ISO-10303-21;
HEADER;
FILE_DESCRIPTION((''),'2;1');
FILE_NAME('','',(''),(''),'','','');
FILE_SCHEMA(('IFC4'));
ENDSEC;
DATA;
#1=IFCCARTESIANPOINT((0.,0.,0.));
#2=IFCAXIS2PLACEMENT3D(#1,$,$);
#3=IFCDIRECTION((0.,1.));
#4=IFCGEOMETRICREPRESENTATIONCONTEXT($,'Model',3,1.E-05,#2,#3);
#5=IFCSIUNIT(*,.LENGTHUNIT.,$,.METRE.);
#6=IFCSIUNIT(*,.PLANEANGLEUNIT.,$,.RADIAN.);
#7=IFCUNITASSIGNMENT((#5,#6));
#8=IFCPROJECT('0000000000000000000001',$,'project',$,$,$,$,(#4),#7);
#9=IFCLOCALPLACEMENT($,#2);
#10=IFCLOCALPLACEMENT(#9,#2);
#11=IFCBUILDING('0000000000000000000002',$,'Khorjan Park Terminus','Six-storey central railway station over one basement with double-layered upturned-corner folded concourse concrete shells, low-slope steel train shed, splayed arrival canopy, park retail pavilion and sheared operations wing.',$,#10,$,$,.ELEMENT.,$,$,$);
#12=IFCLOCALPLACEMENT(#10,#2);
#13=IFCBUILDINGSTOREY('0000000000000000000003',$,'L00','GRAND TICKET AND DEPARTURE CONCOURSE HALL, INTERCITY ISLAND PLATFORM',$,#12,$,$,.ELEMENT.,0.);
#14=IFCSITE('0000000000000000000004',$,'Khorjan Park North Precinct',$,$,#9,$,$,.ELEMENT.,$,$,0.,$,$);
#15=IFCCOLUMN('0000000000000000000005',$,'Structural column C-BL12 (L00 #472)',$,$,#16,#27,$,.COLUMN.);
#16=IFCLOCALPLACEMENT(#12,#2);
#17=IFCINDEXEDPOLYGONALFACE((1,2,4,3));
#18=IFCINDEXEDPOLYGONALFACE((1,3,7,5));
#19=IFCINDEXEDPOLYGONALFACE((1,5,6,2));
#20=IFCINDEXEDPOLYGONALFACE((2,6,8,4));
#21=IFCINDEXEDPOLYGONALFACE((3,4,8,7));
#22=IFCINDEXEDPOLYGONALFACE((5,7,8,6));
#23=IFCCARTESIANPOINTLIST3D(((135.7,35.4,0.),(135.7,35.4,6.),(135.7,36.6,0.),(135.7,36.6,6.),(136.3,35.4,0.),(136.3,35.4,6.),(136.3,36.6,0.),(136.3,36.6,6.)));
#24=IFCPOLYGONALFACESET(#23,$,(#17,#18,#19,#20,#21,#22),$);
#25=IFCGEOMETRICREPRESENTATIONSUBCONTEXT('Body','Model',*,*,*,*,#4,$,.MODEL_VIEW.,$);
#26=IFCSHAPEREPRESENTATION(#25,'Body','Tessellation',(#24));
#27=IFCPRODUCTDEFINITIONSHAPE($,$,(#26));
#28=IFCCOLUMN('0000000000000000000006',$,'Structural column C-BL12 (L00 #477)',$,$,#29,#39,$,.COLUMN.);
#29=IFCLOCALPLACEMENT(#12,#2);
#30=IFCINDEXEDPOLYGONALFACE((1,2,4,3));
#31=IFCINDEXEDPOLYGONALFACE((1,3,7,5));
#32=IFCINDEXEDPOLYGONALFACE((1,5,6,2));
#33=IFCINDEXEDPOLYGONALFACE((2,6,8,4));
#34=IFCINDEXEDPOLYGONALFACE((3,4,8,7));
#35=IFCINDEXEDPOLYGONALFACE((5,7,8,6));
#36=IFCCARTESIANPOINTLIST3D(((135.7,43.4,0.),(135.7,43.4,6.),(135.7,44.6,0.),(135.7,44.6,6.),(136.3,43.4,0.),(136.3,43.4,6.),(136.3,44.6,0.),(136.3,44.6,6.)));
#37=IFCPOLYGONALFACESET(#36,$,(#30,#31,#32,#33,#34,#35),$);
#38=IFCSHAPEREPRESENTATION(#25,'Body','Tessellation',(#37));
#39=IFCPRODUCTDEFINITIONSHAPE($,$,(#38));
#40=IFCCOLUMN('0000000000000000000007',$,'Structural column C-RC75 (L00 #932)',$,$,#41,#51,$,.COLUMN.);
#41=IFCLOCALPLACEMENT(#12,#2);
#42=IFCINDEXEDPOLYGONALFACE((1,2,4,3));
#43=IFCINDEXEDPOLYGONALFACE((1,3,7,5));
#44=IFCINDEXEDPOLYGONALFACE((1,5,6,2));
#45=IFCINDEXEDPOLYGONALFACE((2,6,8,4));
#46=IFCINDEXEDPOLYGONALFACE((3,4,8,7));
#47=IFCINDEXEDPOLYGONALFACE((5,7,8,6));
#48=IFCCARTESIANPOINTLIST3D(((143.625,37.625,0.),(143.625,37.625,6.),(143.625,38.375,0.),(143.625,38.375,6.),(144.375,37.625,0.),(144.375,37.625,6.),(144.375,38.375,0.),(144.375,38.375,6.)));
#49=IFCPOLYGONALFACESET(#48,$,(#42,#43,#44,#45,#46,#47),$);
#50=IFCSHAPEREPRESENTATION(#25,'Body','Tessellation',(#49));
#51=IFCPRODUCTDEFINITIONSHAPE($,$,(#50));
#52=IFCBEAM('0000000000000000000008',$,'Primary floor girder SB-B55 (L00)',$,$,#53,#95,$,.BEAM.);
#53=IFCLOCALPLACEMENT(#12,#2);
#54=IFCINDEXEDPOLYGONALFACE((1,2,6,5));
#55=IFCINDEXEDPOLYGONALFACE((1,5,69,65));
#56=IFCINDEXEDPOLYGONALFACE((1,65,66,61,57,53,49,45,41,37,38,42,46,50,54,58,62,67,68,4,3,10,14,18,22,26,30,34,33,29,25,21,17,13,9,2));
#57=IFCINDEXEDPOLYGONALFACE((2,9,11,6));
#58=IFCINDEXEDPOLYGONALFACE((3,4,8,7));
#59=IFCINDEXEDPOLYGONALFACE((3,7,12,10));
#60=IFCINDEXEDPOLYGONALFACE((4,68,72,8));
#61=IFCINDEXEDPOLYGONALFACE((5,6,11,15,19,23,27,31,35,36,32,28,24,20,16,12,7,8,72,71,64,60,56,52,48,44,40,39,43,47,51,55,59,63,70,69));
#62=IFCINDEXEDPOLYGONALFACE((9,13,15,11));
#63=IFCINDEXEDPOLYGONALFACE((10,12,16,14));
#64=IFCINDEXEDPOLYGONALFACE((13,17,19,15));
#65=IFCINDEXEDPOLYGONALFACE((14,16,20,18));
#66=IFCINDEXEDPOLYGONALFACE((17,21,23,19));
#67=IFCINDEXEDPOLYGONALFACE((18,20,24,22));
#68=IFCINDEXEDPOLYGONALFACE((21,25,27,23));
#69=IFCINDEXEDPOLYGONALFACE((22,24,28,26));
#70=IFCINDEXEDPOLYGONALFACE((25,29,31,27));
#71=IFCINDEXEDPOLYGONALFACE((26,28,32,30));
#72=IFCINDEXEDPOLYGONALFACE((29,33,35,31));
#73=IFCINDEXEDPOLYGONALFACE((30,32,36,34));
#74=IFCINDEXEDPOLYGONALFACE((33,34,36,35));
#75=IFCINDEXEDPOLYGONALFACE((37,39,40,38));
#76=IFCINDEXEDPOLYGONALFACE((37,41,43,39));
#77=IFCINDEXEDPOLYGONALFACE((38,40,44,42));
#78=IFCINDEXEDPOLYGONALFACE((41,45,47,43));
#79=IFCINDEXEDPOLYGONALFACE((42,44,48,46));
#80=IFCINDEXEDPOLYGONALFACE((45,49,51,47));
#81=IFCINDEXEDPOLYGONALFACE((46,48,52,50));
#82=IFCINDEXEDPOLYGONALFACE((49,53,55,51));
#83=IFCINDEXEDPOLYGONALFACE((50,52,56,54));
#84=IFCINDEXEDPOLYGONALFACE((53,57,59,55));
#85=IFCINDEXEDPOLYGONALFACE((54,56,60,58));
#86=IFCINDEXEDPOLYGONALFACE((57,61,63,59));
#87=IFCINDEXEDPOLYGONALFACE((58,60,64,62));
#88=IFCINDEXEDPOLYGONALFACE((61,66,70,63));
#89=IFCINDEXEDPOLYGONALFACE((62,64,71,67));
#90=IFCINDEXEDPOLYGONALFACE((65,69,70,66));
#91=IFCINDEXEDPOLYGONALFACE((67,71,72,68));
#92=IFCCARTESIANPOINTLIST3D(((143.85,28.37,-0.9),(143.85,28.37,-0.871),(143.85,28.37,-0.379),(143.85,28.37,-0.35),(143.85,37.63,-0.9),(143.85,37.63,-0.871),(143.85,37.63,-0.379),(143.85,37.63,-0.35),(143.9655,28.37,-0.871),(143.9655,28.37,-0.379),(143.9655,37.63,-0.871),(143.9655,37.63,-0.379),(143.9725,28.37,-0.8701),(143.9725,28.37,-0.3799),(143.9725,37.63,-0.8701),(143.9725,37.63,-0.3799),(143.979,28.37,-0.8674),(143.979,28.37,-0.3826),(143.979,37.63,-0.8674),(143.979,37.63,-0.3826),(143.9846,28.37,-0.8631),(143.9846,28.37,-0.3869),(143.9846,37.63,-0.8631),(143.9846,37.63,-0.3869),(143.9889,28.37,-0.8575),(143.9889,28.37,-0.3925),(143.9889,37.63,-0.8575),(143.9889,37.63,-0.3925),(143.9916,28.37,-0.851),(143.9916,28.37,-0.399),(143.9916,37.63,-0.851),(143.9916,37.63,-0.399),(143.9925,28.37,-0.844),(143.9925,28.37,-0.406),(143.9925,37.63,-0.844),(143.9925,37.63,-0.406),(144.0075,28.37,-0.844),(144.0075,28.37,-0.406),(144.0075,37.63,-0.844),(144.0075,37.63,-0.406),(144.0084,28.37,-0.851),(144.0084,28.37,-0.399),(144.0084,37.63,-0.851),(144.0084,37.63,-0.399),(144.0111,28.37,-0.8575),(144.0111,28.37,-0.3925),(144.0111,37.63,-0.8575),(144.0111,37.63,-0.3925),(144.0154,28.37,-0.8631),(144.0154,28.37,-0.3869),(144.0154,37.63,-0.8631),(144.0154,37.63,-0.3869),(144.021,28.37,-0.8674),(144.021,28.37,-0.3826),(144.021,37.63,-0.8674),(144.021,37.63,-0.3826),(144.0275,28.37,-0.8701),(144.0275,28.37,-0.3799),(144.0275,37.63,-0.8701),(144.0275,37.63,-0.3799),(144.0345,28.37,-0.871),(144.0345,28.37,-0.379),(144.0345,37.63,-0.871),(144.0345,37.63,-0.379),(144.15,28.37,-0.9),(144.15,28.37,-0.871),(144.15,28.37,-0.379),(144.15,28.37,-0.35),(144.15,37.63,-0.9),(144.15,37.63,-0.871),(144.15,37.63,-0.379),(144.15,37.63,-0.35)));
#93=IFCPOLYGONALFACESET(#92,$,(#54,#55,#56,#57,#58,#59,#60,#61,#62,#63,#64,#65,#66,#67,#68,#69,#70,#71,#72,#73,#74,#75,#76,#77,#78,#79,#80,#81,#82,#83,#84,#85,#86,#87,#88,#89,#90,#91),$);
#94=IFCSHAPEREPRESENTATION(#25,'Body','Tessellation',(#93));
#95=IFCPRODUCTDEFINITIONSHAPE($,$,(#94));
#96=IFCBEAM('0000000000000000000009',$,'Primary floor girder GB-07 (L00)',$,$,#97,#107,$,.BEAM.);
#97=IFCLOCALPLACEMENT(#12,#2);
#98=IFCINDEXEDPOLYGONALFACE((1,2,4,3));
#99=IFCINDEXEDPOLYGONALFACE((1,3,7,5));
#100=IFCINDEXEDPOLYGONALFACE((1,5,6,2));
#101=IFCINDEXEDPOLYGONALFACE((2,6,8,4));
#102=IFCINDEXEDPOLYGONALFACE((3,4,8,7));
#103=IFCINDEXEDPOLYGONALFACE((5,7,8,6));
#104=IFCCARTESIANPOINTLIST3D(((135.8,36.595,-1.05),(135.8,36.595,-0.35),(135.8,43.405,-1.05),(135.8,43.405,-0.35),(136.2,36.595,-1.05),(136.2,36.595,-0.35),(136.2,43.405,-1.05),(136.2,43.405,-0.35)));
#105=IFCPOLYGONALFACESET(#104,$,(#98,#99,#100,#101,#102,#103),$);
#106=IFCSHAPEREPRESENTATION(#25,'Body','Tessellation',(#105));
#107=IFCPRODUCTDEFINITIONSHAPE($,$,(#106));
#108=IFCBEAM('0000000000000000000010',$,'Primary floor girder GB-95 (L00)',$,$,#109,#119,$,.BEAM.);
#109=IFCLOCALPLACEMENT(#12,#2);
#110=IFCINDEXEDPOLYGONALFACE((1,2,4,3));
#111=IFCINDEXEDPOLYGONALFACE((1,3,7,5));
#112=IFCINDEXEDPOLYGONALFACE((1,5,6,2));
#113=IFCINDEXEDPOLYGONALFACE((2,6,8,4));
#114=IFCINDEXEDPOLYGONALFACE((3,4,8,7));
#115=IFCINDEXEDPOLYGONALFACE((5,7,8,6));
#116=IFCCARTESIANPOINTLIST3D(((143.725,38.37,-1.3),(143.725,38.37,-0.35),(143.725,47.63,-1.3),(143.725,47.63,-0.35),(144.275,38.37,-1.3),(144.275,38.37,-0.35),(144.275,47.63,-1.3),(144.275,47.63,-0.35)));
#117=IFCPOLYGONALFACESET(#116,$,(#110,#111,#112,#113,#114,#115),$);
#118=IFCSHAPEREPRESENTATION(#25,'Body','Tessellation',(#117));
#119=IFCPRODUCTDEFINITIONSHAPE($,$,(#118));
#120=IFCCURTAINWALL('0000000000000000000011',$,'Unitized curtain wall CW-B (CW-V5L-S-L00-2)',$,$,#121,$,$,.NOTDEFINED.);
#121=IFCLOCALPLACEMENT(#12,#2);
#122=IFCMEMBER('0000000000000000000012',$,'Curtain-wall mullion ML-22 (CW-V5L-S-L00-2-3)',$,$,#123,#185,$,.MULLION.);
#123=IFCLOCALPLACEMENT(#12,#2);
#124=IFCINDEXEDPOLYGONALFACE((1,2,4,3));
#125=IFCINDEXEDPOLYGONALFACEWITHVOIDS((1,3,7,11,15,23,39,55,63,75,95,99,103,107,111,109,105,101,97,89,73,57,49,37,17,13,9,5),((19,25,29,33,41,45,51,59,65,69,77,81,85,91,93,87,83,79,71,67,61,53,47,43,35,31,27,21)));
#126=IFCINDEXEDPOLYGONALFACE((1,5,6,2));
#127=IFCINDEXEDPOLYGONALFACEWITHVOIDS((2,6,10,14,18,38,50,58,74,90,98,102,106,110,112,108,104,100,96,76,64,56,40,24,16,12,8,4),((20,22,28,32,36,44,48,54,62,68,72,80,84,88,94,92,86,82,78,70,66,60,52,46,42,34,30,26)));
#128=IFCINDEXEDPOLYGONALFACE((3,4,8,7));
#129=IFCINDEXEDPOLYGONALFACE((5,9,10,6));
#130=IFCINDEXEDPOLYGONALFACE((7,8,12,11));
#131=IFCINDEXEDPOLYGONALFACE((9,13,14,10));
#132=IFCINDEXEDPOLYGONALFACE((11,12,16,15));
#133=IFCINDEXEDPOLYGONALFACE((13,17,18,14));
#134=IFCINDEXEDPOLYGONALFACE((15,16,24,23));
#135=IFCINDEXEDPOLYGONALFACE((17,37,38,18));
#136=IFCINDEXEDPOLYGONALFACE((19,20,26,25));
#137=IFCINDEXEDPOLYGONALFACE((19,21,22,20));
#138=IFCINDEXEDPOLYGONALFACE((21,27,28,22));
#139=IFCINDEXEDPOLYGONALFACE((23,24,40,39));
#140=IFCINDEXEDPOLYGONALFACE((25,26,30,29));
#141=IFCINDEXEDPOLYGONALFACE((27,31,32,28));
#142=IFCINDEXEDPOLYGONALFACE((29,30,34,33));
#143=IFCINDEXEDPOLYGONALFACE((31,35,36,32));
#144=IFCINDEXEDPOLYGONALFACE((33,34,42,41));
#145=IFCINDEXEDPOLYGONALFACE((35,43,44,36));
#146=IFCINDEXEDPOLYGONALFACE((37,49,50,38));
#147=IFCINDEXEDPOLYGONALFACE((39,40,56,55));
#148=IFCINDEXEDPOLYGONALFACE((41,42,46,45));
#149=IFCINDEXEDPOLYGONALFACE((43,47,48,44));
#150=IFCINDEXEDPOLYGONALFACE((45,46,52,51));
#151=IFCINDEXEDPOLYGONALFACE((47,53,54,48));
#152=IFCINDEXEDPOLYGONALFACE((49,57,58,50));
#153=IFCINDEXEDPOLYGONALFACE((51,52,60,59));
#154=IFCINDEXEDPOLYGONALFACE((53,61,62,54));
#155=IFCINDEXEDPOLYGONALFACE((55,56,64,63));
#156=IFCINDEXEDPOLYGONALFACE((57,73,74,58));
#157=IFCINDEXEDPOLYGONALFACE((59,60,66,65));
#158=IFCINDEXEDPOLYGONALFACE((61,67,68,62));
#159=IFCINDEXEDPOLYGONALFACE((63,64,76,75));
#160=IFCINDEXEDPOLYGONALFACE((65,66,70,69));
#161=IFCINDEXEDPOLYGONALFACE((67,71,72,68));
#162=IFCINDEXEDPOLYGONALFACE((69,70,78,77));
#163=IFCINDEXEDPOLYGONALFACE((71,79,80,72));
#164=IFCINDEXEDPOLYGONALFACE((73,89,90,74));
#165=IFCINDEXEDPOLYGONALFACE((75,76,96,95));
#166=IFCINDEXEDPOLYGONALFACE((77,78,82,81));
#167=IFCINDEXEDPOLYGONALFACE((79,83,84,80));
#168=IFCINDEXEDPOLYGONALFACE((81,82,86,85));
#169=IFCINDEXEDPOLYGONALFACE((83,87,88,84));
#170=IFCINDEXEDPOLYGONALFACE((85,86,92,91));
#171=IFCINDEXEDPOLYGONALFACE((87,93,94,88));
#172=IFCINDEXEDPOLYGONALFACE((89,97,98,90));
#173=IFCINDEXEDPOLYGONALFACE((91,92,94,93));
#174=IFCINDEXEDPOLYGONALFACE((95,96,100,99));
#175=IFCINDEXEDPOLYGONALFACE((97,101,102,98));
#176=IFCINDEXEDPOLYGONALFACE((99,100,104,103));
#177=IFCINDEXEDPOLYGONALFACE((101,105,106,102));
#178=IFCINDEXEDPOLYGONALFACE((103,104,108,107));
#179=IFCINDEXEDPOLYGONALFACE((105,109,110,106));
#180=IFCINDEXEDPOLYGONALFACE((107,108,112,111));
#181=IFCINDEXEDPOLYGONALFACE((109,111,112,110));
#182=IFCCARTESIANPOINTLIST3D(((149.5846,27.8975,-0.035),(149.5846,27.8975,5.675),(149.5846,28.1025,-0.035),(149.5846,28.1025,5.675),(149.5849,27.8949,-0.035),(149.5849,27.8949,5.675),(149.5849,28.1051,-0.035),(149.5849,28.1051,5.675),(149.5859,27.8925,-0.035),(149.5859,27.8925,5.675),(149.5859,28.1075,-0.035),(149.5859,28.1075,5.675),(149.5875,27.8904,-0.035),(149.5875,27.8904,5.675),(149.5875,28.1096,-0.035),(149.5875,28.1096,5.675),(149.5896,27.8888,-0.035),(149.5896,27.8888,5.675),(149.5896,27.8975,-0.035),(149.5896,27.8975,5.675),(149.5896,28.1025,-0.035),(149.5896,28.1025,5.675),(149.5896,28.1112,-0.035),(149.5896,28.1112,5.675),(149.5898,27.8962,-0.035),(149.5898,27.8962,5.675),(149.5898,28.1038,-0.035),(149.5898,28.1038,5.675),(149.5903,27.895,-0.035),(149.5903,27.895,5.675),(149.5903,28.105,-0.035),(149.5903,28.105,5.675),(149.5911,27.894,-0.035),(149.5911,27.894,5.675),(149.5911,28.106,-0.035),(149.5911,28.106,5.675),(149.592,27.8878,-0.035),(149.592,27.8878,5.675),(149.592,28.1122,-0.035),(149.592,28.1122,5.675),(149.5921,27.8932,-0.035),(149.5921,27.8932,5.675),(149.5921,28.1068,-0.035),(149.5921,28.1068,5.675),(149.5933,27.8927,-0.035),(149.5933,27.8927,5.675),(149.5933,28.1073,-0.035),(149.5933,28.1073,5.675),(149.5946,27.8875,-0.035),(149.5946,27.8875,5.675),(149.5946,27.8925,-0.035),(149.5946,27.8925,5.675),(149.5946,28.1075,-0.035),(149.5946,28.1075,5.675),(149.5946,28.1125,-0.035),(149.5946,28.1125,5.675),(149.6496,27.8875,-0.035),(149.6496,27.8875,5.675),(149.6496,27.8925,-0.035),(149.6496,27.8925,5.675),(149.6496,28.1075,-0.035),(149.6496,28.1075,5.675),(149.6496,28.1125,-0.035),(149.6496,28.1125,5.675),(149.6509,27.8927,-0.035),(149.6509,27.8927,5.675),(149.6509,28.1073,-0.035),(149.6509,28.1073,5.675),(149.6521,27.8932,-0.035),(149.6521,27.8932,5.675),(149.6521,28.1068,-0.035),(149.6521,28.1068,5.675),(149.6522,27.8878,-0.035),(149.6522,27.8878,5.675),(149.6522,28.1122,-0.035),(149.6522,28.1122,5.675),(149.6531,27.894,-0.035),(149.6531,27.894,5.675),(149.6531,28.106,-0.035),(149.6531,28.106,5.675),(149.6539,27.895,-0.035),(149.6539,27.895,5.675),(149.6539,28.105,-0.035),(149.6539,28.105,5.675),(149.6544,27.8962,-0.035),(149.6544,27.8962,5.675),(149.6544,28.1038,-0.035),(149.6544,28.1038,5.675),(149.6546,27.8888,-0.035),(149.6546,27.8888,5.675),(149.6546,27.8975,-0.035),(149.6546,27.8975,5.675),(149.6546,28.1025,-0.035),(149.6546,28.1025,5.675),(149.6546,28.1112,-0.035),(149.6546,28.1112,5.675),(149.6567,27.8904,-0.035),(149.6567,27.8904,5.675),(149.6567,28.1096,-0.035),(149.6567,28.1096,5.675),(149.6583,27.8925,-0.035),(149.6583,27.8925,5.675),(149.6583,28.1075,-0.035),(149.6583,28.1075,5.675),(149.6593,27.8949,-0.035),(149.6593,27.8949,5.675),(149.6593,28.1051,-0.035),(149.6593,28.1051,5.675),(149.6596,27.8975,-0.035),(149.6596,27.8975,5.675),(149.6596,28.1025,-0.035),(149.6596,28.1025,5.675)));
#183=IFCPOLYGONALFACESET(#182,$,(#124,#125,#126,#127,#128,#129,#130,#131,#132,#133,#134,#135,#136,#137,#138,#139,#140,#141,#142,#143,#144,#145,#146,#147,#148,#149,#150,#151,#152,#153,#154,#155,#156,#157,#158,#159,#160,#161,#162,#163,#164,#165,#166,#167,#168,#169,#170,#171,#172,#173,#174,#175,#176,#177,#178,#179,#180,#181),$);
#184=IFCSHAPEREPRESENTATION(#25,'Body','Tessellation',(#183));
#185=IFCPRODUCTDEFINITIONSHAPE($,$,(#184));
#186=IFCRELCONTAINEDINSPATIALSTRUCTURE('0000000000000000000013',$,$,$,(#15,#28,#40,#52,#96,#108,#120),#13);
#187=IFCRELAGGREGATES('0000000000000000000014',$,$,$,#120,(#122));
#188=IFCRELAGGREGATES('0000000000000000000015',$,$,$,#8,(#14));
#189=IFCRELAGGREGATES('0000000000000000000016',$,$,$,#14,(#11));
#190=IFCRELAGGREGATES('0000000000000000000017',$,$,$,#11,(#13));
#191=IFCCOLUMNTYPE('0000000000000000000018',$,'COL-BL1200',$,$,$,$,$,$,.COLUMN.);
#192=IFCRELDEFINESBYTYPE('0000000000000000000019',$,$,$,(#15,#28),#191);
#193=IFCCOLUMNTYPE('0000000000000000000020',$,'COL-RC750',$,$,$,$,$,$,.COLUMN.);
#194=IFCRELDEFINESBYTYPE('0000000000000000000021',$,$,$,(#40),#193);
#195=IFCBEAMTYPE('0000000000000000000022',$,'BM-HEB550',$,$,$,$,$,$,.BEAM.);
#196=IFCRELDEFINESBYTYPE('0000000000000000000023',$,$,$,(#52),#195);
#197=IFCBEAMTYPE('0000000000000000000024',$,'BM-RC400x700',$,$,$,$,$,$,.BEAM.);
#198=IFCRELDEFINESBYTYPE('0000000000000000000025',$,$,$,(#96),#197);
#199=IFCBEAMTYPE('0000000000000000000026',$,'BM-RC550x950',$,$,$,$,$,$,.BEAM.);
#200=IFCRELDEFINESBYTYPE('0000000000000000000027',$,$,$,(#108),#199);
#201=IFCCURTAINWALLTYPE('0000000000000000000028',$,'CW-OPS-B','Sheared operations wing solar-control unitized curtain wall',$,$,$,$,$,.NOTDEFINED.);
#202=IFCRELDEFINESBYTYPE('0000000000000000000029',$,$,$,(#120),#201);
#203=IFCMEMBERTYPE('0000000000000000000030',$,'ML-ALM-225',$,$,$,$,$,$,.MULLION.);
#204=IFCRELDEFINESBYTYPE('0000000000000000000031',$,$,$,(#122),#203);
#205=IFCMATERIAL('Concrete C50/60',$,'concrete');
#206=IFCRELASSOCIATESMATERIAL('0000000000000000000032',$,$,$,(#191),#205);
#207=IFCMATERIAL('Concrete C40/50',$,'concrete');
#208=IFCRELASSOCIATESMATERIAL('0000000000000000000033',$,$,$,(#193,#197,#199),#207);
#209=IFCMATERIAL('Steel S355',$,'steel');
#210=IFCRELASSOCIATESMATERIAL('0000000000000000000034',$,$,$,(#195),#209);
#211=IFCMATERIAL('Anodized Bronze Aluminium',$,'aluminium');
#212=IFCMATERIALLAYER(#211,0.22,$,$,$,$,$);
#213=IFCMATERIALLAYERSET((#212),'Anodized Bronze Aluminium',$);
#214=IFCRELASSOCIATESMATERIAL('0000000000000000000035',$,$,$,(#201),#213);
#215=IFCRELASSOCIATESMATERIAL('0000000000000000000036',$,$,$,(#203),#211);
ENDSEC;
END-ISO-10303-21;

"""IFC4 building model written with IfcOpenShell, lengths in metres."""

from ifc_helpers import new_model, si_unit, direction, frame, origin, origin_2d, place, context, subcontext, project, spatial, rectangle, hollow_rectangle, i_section, extrude, material, layer, layer_set, material_profile, profile_set, type_object, element, aggregate, save


model = new_model("IFC4")

# Units and contexts
model_context = context("Model", 3, precision=1e-05, world=origin(), true_north=direction((0.0, 1.0)))
body_context = subcontext(model_context, "Body", "Model", "MODEL_VIEW")
ifc_project = project(units=[si_unit("LENGTHUNIT", "METRE"), si_unit("PLANEANGLEUNIT", "RADIAN")], contexts=[model_context])

# Site, building, storey
site_placement = place(None, origin())
site = spatial("IfcSite", under=ifc_project, at=site_placement, Name="Khorjan Park North Precinct", CompositionType="ELEMENT", RefElevation=0.0)
building_placement = place(site_placement, origin())
building = spatial("IfcBuilding", under=site, at=building_placement, Name="Khorjan Park Terminus", Description="Six-storey central railway station over one basement with double-layered upturned-corner folded concourse concrete shells, low-slope steel train shed, splayed arrival canopy, park retail pavilion and sheared operations wing.", CompositionType="ELEMENT")
storey_placement = place(building_placement, origin())
storey = spatial("IfcBuildingStorey", under=building, at=storey_placement, Name="L00", Description="GRAND TICKET AND DEPARTURE CONCOURSE HALL, INTERCITY ISLAND PLATFORM", CompositionType="ELEMENT", Elevation=0.0)

# Columns
ifc_material_1 = material(Name="Concrete C50/60", Category="concrete")
ifc_material_profile_1 = material_profile(ifc_material_1, rectangle(XDim=0.6, YDim=1.2, at=origin_2d()), Name="RC 600x1200")
ifc_profile_set_1 = profile_set([ifc_material_profile_1], Name="Concrete C50/60")
column_type_1 = type_object("IfcColumnType", Name="COL-BL1200", PredefinedType="COLUMN", material=ifc_profile_set_1)
for number, where, z_axis, x_axis, name in (
    (1, (136.0, 36.0, 0.0), (0.0, 0.0, 1.0), (1.0, 0.0, 0.0), "Structural column C-BL12 (L00 #472)"),
    (2, (136.0, 44.0, 0.0), (0.0, 0.0, 1.0), (1.0, 0.0, 0.0), "Structural column C-BL12 (L00 #477)"),
):
    element("IfcColumn", number, at=place(storey_placement, frame(where, z_axis=z_axis, x_axis=x_axis)), inside=storey, type_object=column_type_1, Name=name, PredefinedType="COLUMN", context=body_context, shape_type="SweptSolid", body=[
        extrude(rectangle(XDim=0.6, YDim=1.2, at=origin_2d()), origin(), (0.0, 0.0, 1.0), 6.0),
    ])
ifc_material_2 = material(Name="Concrete C40/50", Category="concrete")
ifc_material_profile_2 = material_profile(ifc_material_2, rectangle(XDim=0.75, YDim=0.75, at=origin_2d()), Name="RC 750x750")
ifc_profile_set_2 = profile_set([ifc_material_profile_2], Name="Concrete C40/50")
column_type_2 = type_object("IfcColumnType", Name="COL-RC750", PredefinedType="COLUMN", material=ifc_profile_set_2)
column_placement = place(storey_placement, frame((144.0, 38.0, 0.0), z_axis=(0.0, 0.0, 1.0), x_axis=(1.0, 0.0, 0.0)))
element("IfcColumn", 3, at=column_placement, inside=storey, type_object=column_type_2, Name="Structural column C-RC75 (L00 #932)", PredefinedType="COLUMN", context=body_context, shape_type="SweptSolid", body=[
    extrude(rectangle(XDim=0.75, YDim=0.75, at=origin_2d()), origin(), (0.0, 0.0, 1.0), 6.0),
])

# Beams
ifc_material_3 = material(Name="Steel S355", Category="steel")
ifc_material_profile_3 = material_profile(ifc_material_3, i_section(OverallWidth=0.3, OverallDepth=0.55, WebThickness=0.015, FlangeThickness=0.029, FilletRadius=0.027, at=origin_2d()), Name="HEB 550")
ifc_profile_set_3 = profile_set([ifc_material_profile_3], Name="Steel S355")
beam_type_1 = type_object("IfcBeamType", Name="BM-HEB550", PredefinedType="BEAM", material=ifc_profile_set_3)
beam_1_placement = place(storey_placement, frame((144.0, 28.37, -0.625), z_axis=(0.0, 1.0, 0.0), x_axis=(-1.0, 0.0, 0.0)))
element("IfcBeam", 4, at=beam_1_placement, inside=storey, type_object=beam_type_1, Name="Primary floor girder SB-B55 (L00)", PredefinedType="BEAM", context=body_context, shape_type="SweptSolid", body=[
    extrude(i_section(OverallWidth=0.3, OverallDepth=0.55, WebThickness=0.015, FlangeThickness=0.029, FilletRadius=0.027, at=origin_2d()), origin(), (0.0, 0.0, 1.0), 9.26),
])
ifc_material_profile_4 = material_profile(ifc_material_2, rectangle(XDim=0.4, YDim=0.7, at=origin_2d()), Name="RC 400x700")
ifc_profile_set_4 = profile_set([ifc_material_profile_4], Name="Concrete C40/50")
beam_type_2 = type_object("IfcBeamType", Name="BM-RC400x700", PredefinedType="BEAM", material=ifc_profile_set_4)
beam_2_placement = place(storey_placement, frame((136.0, 36.595, -0.7), z_axis=(0.0, 1.0, 0.0), x_axis=(-1.0, 0.0, 0.0)))
element("IfcBeam", 5, at=beam_2_placement, inside=storey, type_object=beam_type_2, Name="Primary floor girder GB-07 (L00)", PredefinedType="BEAM", context=body_context, shape_type="SweptSolid", body=[
    extrude(rectangle(XDim=0.4, YDim=0.7, at=origin_2d()), origin(), (0.0, 0.0, 1.0), 6.81),
])
ifc_material_profile_5 = material_profile(ifc_material_2, rectangle(XDim=0.55, YDim=0.95, at=origin_2d()), Name="RC 550x950")
ifc_profile_set_5 = profile_set([ifc_material_profile_5], Name="Concrete C40/50")
beam_type_3 = type_object("IfcBeamType", Name="BM-RC550x950", PredefinedType="BEAM", material=ifc_profile_set_5)
beam_3_placement = place(storey_placement, frame((144.0, 38.37, -0.825), z_axis=(0.0, 1.0, 0.0), x_axis=(-1.0, 0.0, 0.0)))
element("IfcBeam", 6, at=beam_3_placement, inside=storey, type_object=beam_type_3, Name="Primary floor girder GB-95 (L00)", PredefinedType="BEAM", context=body_context, shape_type="SweptSolid", body=[
    extrude(rectangle(XDim=0.55, YDim=0.95, at=origin_2d()), origin(), (0.0, 0.0, 1.0), 9.26),
])

# Curtain wall, member
ifc_material_4 = material(Name="Anodized Bronze Aluminium", Category="aluminium")
ifc_layer_1 = layer(ifc_material_4, 0.22)
ifc_layer_set_1 = layer_set([ifc_layer_1], Name="Anodized Bronze Aluminium")
curtain_wall_type = type_object("IfcCurtainWallType", Name="CW-OPS-B", Description="Sheared operations wing solar-control unitized curtain wall", PredefinedType="NOTDEFINED", material=ifc_layer_set_1)
curtain_wall_placement = place(storey_placement, origin())
curtain_wall = element("IfcCurtainWall", 7, at=curtain_wall_placement, inside=storey, type_object=curtain_wall_type, Name="Unitized curtain wall CW-B (CW-V5L-S-L00-2)", PredefinedType="NOTDEFINED")
ifc_material_profile_6 = material_profile(ifc_material_4, hollow_rectangle(XDim=0.075, YDim=0.225, WallThickness=0.005, InnerFilletRadius=0.005, OuterFilletRadius=0.01, at=origin_2d()), Name="ALM 75x225x5")
ifc_profile_set_6 = profile_set([ifc_material_profile_6], Name="Anodized Bronze Aluminium")
member_type_1 = type_object("IfcMemberType", Name="ML-ALM-225", PredefinedType="MULLION", material=ifc_profile_set_6)
member_1_placement = place(storey_placement, frame((149.6221, 28.0, -0.035), z_axis=(0.0, 0.0, 1.0), x_axis=(1.0, 0.0, 0.0)))
member_1 = element("IfcMember", 8, at=member_1_placement, type_object=member_type_1, Name="Curtain-wall mullion ML-22 (CW-V5L-S-L00-2-3)", PredefinedType="MULLION", context=body_context, shape_type="SweptSolid", body=[
    extrude(hollow_rectangle(XDim=0.075, YDim=0.225, WallThickness=0.005, InnerFilletRadius=0.005, OuterFilletRadius=0.01, at=origin_2d()), origin(), (0.0, 0.0, 1.0), 5.71),
])
aggregate(curtain_wall, [member_1])

save(model, "model.ifc")
